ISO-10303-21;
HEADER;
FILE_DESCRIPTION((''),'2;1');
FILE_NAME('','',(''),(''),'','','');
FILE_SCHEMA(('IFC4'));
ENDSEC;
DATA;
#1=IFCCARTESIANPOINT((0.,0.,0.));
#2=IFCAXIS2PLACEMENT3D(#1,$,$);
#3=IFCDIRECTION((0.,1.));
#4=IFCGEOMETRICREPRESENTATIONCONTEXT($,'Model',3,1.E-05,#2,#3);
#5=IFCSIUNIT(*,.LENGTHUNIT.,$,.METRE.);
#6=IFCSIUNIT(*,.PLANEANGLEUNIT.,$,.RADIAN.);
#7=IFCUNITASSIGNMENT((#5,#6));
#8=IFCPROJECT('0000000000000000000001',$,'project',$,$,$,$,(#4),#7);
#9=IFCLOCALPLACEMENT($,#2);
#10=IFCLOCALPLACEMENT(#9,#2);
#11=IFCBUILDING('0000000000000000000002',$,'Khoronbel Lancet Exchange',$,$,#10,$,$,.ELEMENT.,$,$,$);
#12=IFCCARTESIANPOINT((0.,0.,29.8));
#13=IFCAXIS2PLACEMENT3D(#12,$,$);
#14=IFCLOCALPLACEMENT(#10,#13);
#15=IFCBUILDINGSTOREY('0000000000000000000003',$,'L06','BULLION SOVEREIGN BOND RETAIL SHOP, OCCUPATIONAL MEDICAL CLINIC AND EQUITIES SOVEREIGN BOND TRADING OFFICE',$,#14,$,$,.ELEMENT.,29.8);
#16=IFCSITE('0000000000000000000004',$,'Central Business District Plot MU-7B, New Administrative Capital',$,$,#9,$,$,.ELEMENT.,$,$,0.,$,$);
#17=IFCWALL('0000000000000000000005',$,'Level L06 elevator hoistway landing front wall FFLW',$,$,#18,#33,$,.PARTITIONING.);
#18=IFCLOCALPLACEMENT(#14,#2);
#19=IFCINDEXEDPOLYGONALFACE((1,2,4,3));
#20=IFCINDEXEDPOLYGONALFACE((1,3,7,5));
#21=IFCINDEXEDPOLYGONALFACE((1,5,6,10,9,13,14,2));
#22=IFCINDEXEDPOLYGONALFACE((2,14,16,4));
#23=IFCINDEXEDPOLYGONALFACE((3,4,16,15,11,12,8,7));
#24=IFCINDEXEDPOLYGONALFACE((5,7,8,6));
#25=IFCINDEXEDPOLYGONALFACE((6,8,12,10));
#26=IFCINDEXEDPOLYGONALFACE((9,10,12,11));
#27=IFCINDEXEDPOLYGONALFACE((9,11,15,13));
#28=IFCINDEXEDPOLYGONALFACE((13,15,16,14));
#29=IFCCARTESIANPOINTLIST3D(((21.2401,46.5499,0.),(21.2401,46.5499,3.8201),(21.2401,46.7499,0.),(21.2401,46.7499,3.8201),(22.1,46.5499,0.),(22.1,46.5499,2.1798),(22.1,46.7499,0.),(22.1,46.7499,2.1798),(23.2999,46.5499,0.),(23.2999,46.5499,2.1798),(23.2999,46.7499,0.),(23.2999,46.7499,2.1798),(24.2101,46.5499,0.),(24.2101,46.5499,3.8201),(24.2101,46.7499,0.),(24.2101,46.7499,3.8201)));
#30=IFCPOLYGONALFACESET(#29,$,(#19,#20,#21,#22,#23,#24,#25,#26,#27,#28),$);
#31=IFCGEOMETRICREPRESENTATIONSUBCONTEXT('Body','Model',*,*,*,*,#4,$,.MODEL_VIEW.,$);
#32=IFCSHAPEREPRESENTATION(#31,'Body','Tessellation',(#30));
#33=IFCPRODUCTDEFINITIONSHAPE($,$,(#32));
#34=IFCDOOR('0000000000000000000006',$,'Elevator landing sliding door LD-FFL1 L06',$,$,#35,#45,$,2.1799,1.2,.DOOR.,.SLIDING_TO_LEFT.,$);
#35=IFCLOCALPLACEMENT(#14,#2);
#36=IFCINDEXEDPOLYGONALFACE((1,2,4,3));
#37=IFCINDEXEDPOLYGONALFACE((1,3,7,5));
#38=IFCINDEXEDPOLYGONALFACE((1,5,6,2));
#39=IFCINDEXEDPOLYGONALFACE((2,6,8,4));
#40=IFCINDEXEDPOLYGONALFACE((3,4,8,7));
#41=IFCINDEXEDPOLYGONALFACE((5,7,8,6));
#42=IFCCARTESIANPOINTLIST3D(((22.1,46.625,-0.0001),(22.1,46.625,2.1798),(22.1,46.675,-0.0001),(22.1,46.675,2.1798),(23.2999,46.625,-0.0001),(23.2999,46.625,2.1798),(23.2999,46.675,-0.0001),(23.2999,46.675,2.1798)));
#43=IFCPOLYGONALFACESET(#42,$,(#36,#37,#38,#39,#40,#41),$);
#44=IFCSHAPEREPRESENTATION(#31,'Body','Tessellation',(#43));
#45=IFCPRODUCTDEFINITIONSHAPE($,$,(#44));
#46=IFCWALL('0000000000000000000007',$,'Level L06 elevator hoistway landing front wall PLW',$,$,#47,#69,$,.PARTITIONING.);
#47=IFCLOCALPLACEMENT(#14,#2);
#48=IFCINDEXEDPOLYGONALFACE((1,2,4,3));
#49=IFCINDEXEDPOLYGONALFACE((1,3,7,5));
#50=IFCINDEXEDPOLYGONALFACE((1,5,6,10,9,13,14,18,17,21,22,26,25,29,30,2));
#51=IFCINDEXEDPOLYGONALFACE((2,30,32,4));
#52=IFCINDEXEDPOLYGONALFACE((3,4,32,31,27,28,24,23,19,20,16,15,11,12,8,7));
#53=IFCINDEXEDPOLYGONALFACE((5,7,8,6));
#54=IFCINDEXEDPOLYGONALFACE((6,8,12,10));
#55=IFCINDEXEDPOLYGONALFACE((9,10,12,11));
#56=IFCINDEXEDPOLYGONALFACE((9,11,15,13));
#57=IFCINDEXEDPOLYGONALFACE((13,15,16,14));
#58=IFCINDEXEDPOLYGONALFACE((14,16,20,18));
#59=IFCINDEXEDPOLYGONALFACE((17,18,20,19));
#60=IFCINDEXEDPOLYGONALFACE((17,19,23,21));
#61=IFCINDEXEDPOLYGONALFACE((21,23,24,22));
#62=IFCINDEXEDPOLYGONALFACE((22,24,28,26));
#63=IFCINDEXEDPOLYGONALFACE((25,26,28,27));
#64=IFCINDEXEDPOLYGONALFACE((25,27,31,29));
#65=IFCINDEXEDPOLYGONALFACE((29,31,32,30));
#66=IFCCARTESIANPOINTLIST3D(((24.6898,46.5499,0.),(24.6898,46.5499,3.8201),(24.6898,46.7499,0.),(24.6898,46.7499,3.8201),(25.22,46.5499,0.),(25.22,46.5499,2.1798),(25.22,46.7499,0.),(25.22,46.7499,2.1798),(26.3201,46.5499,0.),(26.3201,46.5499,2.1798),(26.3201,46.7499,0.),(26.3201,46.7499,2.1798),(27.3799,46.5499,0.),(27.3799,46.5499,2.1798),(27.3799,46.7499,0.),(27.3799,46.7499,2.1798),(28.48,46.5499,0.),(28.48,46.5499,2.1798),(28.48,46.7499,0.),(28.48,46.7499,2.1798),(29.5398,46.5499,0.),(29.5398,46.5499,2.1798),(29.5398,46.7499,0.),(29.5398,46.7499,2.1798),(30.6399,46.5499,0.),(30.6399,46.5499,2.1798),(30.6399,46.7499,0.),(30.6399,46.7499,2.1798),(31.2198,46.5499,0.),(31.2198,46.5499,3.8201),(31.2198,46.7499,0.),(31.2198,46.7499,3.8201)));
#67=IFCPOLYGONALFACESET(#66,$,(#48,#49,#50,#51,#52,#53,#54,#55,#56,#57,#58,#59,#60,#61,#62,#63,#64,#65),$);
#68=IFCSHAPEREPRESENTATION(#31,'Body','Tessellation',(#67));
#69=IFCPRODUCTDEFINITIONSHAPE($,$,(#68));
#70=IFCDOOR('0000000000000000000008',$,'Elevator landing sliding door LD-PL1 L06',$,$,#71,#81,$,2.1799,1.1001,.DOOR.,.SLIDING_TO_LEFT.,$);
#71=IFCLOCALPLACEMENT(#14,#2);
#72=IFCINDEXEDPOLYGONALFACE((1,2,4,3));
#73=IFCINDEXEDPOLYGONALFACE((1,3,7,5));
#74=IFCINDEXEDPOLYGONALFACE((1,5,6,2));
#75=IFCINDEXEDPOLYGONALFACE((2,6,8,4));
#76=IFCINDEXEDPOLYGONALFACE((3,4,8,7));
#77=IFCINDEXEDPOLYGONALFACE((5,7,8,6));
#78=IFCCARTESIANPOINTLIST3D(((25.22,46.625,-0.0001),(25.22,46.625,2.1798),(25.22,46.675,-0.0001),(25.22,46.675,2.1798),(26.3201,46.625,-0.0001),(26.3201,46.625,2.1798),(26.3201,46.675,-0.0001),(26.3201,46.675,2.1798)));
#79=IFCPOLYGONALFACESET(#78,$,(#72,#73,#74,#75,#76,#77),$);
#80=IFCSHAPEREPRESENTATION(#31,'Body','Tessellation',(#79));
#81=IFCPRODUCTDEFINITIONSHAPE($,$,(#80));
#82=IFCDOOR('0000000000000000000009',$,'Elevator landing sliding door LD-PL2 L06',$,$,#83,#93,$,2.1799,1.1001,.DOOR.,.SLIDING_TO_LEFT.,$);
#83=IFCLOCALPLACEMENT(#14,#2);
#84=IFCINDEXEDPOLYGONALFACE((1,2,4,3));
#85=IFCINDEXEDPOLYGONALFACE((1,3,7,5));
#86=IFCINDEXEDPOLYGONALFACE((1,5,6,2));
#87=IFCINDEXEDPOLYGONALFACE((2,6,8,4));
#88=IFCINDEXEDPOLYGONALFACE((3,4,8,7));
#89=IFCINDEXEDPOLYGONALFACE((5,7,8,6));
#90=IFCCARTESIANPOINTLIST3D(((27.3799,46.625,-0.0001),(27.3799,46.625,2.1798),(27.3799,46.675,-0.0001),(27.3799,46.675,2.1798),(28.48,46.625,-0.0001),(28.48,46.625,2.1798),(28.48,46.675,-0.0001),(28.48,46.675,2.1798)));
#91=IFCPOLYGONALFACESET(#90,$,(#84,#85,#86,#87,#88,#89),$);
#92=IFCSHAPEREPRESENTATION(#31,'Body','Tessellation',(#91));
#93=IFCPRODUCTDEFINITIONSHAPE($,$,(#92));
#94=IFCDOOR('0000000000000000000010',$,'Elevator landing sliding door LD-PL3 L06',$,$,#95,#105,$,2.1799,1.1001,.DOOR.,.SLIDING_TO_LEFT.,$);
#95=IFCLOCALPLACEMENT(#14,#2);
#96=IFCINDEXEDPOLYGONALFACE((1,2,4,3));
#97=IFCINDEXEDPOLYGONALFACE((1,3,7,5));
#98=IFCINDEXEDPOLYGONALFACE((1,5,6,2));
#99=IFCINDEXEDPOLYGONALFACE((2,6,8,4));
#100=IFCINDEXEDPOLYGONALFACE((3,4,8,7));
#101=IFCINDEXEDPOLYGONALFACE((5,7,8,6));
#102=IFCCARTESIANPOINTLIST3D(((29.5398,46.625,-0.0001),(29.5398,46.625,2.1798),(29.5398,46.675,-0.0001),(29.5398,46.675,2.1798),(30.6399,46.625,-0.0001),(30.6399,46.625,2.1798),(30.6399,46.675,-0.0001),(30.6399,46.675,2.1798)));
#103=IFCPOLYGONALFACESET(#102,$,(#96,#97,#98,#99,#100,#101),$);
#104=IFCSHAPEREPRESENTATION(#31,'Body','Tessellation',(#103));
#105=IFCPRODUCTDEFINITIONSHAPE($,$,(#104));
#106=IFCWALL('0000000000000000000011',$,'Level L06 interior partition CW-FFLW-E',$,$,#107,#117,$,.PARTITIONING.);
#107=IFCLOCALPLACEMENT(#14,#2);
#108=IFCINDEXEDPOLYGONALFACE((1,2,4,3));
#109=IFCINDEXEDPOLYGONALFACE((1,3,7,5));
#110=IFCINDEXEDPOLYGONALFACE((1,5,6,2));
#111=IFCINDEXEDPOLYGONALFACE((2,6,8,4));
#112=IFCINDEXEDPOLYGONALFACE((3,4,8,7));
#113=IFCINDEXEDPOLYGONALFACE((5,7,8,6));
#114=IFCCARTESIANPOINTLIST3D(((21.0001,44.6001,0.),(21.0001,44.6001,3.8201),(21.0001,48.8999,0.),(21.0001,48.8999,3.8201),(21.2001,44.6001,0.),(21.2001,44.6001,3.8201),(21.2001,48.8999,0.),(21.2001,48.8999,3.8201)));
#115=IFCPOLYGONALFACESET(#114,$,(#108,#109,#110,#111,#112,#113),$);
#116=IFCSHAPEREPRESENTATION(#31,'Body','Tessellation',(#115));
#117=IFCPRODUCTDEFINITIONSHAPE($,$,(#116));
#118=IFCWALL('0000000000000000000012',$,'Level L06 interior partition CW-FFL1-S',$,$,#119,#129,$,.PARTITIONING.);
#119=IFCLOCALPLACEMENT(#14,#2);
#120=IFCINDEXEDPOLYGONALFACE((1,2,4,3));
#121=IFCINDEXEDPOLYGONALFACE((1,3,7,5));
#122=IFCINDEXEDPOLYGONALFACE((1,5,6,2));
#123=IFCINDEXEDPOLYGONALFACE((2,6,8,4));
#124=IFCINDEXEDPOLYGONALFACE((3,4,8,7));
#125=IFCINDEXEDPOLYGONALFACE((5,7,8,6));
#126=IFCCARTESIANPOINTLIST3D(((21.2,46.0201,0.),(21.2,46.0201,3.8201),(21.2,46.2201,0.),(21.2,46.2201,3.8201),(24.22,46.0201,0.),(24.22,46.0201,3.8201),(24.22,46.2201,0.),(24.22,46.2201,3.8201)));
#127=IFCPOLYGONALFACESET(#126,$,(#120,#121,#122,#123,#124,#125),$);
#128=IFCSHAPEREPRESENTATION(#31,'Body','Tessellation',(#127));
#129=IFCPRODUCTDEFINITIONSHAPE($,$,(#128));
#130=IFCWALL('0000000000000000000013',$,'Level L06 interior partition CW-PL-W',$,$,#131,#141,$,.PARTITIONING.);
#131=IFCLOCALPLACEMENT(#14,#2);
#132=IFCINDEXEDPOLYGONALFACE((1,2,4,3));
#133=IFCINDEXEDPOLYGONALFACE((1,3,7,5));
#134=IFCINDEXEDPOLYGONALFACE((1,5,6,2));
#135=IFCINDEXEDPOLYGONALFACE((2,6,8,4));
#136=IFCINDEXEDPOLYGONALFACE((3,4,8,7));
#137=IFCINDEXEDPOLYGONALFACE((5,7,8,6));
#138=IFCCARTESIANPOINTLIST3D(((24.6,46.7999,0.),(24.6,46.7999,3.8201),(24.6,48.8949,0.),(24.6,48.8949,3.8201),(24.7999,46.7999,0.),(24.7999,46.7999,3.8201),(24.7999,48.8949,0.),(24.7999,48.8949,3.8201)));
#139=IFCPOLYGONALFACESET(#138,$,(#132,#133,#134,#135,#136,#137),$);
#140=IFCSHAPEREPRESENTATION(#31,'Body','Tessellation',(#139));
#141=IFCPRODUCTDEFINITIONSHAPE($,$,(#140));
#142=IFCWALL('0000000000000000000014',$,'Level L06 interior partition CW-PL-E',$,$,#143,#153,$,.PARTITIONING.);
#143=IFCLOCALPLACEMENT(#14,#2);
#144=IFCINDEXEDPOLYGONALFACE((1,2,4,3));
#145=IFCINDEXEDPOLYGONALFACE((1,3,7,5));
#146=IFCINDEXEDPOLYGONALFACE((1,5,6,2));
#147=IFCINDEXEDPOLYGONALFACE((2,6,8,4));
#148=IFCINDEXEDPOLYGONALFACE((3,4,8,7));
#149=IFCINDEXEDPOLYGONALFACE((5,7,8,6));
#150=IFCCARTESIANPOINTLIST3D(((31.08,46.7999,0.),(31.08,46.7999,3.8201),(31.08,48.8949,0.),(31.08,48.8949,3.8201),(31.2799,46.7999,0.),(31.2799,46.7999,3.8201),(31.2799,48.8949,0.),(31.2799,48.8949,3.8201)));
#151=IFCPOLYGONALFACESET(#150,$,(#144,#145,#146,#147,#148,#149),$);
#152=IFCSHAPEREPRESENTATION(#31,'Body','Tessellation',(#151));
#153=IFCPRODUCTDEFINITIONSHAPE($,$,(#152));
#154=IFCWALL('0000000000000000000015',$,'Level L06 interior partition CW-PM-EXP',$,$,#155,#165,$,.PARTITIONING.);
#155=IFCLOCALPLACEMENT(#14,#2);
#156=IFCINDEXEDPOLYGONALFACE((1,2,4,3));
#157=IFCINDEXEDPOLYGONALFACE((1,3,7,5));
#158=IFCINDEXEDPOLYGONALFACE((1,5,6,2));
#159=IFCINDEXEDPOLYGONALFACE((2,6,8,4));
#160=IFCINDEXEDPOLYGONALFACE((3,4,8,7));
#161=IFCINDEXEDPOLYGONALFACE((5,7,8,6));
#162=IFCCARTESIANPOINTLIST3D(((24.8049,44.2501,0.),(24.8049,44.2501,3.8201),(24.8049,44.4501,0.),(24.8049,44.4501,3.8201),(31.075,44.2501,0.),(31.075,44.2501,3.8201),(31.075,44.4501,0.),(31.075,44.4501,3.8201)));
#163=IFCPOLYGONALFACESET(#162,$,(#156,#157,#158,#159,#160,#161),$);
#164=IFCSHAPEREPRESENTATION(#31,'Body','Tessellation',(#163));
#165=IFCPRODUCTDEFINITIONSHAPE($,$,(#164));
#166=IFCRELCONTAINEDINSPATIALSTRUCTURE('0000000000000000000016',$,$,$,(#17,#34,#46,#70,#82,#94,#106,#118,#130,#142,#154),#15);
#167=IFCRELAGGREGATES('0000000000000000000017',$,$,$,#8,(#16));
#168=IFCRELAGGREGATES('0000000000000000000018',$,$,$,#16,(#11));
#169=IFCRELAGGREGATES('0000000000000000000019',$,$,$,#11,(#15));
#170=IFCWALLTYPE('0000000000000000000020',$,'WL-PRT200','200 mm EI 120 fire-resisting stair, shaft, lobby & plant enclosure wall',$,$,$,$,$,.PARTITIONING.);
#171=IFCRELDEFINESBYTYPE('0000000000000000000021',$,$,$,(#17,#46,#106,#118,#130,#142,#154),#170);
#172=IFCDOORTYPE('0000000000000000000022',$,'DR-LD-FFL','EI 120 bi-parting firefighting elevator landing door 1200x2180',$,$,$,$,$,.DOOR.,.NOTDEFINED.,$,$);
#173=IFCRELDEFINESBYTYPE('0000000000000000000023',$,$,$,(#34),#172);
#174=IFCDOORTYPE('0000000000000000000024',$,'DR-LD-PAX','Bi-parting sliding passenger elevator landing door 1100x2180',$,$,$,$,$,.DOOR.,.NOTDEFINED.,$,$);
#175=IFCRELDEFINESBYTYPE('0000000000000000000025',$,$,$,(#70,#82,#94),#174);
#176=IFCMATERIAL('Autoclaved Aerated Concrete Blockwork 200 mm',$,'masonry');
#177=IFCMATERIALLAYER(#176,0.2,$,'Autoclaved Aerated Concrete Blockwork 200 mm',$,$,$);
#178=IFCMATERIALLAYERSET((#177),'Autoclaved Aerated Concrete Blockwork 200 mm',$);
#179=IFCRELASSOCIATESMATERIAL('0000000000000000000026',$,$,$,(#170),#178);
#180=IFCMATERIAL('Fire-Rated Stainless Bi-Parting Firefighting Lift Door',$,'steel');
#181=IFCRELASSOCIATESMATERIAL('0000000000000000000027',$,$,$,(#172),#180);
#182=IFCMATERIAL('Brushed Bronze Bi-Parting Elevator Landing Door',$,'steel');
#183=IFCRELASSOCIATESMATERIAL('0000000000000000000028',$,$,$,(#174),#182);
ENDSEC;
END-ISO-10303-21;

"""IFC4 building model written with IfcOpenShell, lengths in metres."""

from ifc_helpers import new_model, si_unit, direction, frame, frame_2d, origin, place, context, subcontext, project, spatial, rectangle, extrude, material, layer, layer_set, type_object, element, fill, save


model = new_model("IFC4")

# Units and contexts
model_context = context("Model", 3, precision=1e-05, world=origin(), true_north=direction((0.0, 1.0)))
body_context = subcontext(model_context, "Body", "Model", "MODEL_VIEW")
ifc_project = project(units=[si_unit("LENGTHUNIT", "METRE"), si_unit("PLANEANGLEUNIT", "RADIAN")], contexts=[model_context])

# Site, building, storey
site_placement = place(None, origin())
site = spatial("IfcSite", under=ifc_project, at=site_placement, Name="Central Business District Plot MU-7B, New Administrative Capital", CompositionType="ELEMENT", RefElevation=0.0)
building_placement = place(site_placement, origin())
building = spatial("IfcBuilding", under=site, at=building_placement, Name="Khoronbel Lancet Exchange", CompositionType="ELEMENT")
storey_placement = place(building_placement, frame((0.0, 0.0, 29.8)))
storey = spatial("IfcBuildingStorey", under=building, at=storey_placement, Name="L06", Description="BULLION SOVEREIGN BOND RETAIL SHOP, OCCUPATIONAL MEDICAL CLINIC AND EQUITIES SOVEREIGN BOND TRADING OFFICE", CompositionType="ELEMENT", Elevation=29.8)

# Wall, opening, door
ifc_material_1 = material(Name="Autoclaved Aerated Concrete Blockwork 200 mm", Category="masonry")
ifc_layer_1 = layer(ifc_material_1, 0.2, Name="Autoclaved Aerated Concrete Blockwork 200 mm")
ifc_layer_set_1 = layer_set([ifc_layer_1], Name="Autoclaved Aerated Concrete Blockwork 200 mm")
wall_type_1 = type_object("IfcWallType", Name="WL-PRT200", Description="200 mm EI 120 fire-resisting stair, shaft, lobby & plant enclosure wall", PredefinedType="PARTITIONING", material=ifc_layer_set_1)
wall_1_placement = place(storey_placement, frame((24.21, 46.6499, 0.0), z_axis=(0.0, 0.0, 1.0), x_axis=(-1.0, 0.0, 0.0)))
wall_1 = element("IfcWall", 1, at=wall_1_placement, inside=storey, type_object=wall_type_1, Name="Level L06 elevator hoistway landing front wall FFLW", PredefinedType="PARTITIONING", context=body_context, shape_type="SweptSolid", body=[
    extrude(rectangle(XDim=2.97, YDim=0.2, at=frame_2d((1.4849, 0.0))), origin(), (0.0, 0.0, 1.0), 3.8201),
])
opening_1_placement = place(wall_1_placement, frame((0.9099, 0.0, 0.0)))
opening_1 = element("IfcOpeningElement", 2, at=opening_1_placement, cuts=wall_1, PredefinedType="OPENING", context=body_context, shape_type="SweptSolid", body=[
    extrude(rectangle(XDim=1.2, YDim=2.1799, at=frame_2d((0.6001, 1.0898))), frame((0.0, 0.1099, 0.0), z_axis=(0.0, -1.0, 0.0), x_axis=(1.0, 0.0, 0.0)), (0.0, 0.0, 1.0), 0.22),
])
ifc_material_2 = material(Name="Fire-Rated Stainless Bi-Parting Firefighting Lift Door", Category="steel")
door_type_1 = type_object("IfcDoorType", Name="DR-LD-FFL", Description="EI 120 bi-parting firefighting elevator landing door 1200x2180", OperationType="NOTDEFINED", PredefinedType="DOOR", material=ifc_material_2)
door_1_placement = place(opening_1_placement, origin())
door_1 = element("IfcDoor", 3, at=door_1_placement, inside=storey, type_object=door_type_1, Name="Elevator landing sliding door LD-FFL1 L06", OperationType="SLIDING_TO_LEFT", OverallHeight=2.1799, OverallWidth=1.2, PredefinedType="DOOR", context=body_context, shape_type="SweptSolid", body=[
    extrude(rectangle(XDim=1.2, YDim=2.1799, at=frame_2d((0.6001, 1.0898))), frame((0.0, 0.0249, 0.0), z_axis=(0.0, -1.0, 0.0), x_axis=(1.0, 0.0, 0.0)), (0.0, 0.0, 1.0), 0.05),
])
fill(opening_1, door_1)

# Wall, openings, doors
wall_2_placement = place(storey_placement, frame((31.22, 46.6499, 0.0), z_axis=(0.0, 0.0, 1.0), x_axis=(-1.0, 0.0, 0.0)))
wall_2 = element("IfcWall", 4, at=wall_2_placement, inside=storey, type_object=wall_type_1, Name="Level L06 elevator hoistway landing front wall PLW", PredefinedType="PARTITIONING", context=body_context, shape_type="SweptSolid", body=[
    extrude(rectangle(XDim=6.53, YDim=0.2, at=frame_2d((3.2651, 0.0))), origin(), (0.0, 0.0, 1.0), 3.8201),
])
opening_2_placement = place(wall_2_placement, frame((4.8999, 0.0, 0.0)))
opening_2 = element("IfcOpeningElement", 5, at=opening_2_placement, cuts=wall_2, PredefinedType="OPENING", context=body_context, shape_type="SweptSolid", body=[
    extrude(rectangle(XDim=1.1001, YDim=2.1799, at=frame_2d((0.55, 1.0898))), frame((0.0, 0.1099, 0.0), z_axis=(0.0, -1.0, 0.0), x_axis=(1.0, 0.0, 0.0)), (0.0, 0.0, 1.0), 0.22),
])
opening_3_placement = place(wall_2_placement, frame((2.74, 0.0, 0.0)))
opening_3 = element("IfcOpeningElement", 6, at=opening_3_placement, cuts=wall_2, PredefinedType="OPENING", context=body_context, shape_type="SweptSolid", body=[
    extrude(rectangle(XDim=1.1001, YDim=2.1799, at=frame_2d((0.55, 1.0898))), frame((0.0, 0.1099, 0.0), z_axis=(0.0, -1.0, 0.0), x_axis=(1.0, 0.0, 0.0)), (0.0, 0.0, 1.0), 0.22),
])
opening_4_placement = place(wall_2_placement, frame((0.5801, 0.0, 0.0)))
opening_4 = element("IfcOpeningElement", 7, at=opening_4_placement, cuts=wall_2, PredefinedType="OPENING", context=body_context, shape_type="SweptSolid", body=[
    extrude(rectangle(XDim=1.1001, YDim=2.1799, at=frame_2d((0.55, 1.0898))), frame((0.0, 0.1099, 0.0), z_axis=(0.0, -1.0, 0.0), x_axis=(1.0, 0.0, 0.0)), (0.0, 0.0, 1.0), 0.22),
])
ifc_material_3 = material(Name="Brushed Bronze Bi-Parting Elevator Landing Door", Category="steel")
door_type_2 = type_object("IfcDoorType", Name="DR-LD-PAX", Description="Bi-parting sliding passenger elevator landing door 1100x2180", OperationType="NOTDEFINED", PredefinedType="DOOR", material=ifc_material_3)
door_2_placement = place(opening_2_placement, origin())
door_2 = element("IfcDoor", 8, at=door_2_placement, inside=storey, type_object=door_type_2, Name="Elevator landing sliding door LD-PL1 L06", OperationType="SLIDING_TO_LEFT", OverallHeight=2.1799, OverallWidth=1.1001, PredefinedType="DOOR", context=body_context, shape_type="SweptSolid", body=[
    extrude(rectangle(XDim=1.1001, YDim=2.1799, at=frame_2d((0.55, 1.0898))), frame((0.0, 0.0249, 0.0), z_axis=(0.0, -1.0, 0.0), x_axis=(1.0, 0.0, 0.0)), (0.0, 0.0, 1.0), 0.05),
])
fill(opening_2, door_2)
door_3_placement = place(opening_3_placement, origin())
door_3 = element("IfcDoor", 9, at=door_3_placement, inside=storey, type_object=door_type_2, Name="Elevator landing sliding door LD-PL2 L06", OperationType="SLIDING_TO_LEFT", OverallHeight=2.1799, OverallWidth=1.1001, PredefinedType="DOOR", context=body_context, shape_type="SweptSolid", body=[
    extrude(rectangle(XDim=1.1001, YDim=2.1799, at=frame_2d((0.55, 1.0898))), frame((0.0, 0.0249, 0.0), z_axis=(0.0, -1.0, 0.0), x_axis=(1.0, 0.0, 0.0)), (0.0, 0.0, 1.0), 0.05),
])
fill(opening_3, door_3)
door_4_placement = place(opening_4_placement, origin())
door_4 = element("IfcDoor", 10, at=door_4_placement, inside=storey, type_object=door_type_2, Name="Elevator landing sliding door LD-PL3 L06", OperationType="SLIDING_TO_LEFT", OverallHeight=2.1799, OverallWidth=1.1001, PredefinedType="DOOR", context=body_context, shape_type="SweptSolid", body=[
    extrude(rectangle(XDim=1.1001, YDim=2.1799, at=frame_2d((0.55, 1.0898))), frame((0.0, 0.0249, 0.0), z_axis=(0.0, -1.0, 0.0), x_axis=(1.0, 0.0, 0.0)), (0.0, 0.0, 1.0), 0.05),
])
fill(opening_4, door_4)

# Walls
wall_3_placement = place(storey_placement, frame((21.1001, 44.6001, 0.0), z_axis=(0.0, 0.0, 1.0), x_axis=(0.0, 1.0, 0.0)))
element("IfcWall", 11, at=wall_3_placement, inside=storey, type_object=wall_type_1, Name="Level L06 interior partition CW-FFLW-E", PredefinedType="PARTITIONING", context=body_context, shape_type="SweptSolid", body=[
    extrude(rectangle(XDim=4.2998, YDim=0.2, at=frame_2d((2.1499, 0.0))), origin(), (0.0, 0.0, 1.0), 3.8201),
])
wall_4_placement = place(storey_placement, frame((21.2, 46.1201, 0.0), z_axis=(0.0, 0.0, 1.0), x_axis=(1.0, 0.0, 0.0)))
element("IfcWall", 12, at=wall_4_placement, inside=storey, type_object=wall_type_1, Name="Level L06 interior partition CW-FFL1-S", PredefinedType="PARTITIONING", context=body_context, shape_type="SweptSolid", body=[
    extrude(rectangle(XDim=3.02, YDim=0.2, at=frame_2d((1.51, 0.0))), origin(), (0.0, 0.0, 1.0), 3.8201),
])
for number, where, z_axis, x_axis, name in (
    (13, (24.7, 46.8, 0.0), (0.0, 0.0, 1.0), (0.0, 1.0, 0.0), "Level L06 interior partition CW-PL-W"),
    (14, (31.1799, 46.8, 0.0), (0.0, 0.0, 1.0), (0.0, 1.0, 0.0), "Level L06 interior partition CW-PL-E"),
):
    element("IfcWall", number, at=place(storey_placement, frame(where, z_axis=z_axis, x_axis=x_axis)), inside=storey, type_object=wall_type_1, Name=name, PredefinedType="PARTITIONING", context=body_context, shape_type="SweptSolid", body=[
        extrude(rectangle(XDim=2.095, YDim=0.2, at=frame_2d((1.0474, 0.0))), origin(), (0.0, 0.0, 1.0), 3.8201),
    ])
wall_5_placement = place(storey_placement, frame((24.8049, 44.3501, 0.0), z_axis=(0.0, 0.0, 1.0), x_axis=(1.0, 0.0, 0.0)))
element("IfcWall", 15, at=wall_5_placement, inside=storey, type_object=wall_type_1, Name="Level L06 interior partition CW-PM-EXP", PredefinedType="PARTITIONING", context=body_context, shape_type="SweptSolid", body=[
    extrude(rectangle(XDim=6.27, YDim=0.2, at=frame_2d((3.135, 0.0))), origin(), (0.0, 0.0, 1.0), 3.8201),
])

save(model, "model.ifc")
